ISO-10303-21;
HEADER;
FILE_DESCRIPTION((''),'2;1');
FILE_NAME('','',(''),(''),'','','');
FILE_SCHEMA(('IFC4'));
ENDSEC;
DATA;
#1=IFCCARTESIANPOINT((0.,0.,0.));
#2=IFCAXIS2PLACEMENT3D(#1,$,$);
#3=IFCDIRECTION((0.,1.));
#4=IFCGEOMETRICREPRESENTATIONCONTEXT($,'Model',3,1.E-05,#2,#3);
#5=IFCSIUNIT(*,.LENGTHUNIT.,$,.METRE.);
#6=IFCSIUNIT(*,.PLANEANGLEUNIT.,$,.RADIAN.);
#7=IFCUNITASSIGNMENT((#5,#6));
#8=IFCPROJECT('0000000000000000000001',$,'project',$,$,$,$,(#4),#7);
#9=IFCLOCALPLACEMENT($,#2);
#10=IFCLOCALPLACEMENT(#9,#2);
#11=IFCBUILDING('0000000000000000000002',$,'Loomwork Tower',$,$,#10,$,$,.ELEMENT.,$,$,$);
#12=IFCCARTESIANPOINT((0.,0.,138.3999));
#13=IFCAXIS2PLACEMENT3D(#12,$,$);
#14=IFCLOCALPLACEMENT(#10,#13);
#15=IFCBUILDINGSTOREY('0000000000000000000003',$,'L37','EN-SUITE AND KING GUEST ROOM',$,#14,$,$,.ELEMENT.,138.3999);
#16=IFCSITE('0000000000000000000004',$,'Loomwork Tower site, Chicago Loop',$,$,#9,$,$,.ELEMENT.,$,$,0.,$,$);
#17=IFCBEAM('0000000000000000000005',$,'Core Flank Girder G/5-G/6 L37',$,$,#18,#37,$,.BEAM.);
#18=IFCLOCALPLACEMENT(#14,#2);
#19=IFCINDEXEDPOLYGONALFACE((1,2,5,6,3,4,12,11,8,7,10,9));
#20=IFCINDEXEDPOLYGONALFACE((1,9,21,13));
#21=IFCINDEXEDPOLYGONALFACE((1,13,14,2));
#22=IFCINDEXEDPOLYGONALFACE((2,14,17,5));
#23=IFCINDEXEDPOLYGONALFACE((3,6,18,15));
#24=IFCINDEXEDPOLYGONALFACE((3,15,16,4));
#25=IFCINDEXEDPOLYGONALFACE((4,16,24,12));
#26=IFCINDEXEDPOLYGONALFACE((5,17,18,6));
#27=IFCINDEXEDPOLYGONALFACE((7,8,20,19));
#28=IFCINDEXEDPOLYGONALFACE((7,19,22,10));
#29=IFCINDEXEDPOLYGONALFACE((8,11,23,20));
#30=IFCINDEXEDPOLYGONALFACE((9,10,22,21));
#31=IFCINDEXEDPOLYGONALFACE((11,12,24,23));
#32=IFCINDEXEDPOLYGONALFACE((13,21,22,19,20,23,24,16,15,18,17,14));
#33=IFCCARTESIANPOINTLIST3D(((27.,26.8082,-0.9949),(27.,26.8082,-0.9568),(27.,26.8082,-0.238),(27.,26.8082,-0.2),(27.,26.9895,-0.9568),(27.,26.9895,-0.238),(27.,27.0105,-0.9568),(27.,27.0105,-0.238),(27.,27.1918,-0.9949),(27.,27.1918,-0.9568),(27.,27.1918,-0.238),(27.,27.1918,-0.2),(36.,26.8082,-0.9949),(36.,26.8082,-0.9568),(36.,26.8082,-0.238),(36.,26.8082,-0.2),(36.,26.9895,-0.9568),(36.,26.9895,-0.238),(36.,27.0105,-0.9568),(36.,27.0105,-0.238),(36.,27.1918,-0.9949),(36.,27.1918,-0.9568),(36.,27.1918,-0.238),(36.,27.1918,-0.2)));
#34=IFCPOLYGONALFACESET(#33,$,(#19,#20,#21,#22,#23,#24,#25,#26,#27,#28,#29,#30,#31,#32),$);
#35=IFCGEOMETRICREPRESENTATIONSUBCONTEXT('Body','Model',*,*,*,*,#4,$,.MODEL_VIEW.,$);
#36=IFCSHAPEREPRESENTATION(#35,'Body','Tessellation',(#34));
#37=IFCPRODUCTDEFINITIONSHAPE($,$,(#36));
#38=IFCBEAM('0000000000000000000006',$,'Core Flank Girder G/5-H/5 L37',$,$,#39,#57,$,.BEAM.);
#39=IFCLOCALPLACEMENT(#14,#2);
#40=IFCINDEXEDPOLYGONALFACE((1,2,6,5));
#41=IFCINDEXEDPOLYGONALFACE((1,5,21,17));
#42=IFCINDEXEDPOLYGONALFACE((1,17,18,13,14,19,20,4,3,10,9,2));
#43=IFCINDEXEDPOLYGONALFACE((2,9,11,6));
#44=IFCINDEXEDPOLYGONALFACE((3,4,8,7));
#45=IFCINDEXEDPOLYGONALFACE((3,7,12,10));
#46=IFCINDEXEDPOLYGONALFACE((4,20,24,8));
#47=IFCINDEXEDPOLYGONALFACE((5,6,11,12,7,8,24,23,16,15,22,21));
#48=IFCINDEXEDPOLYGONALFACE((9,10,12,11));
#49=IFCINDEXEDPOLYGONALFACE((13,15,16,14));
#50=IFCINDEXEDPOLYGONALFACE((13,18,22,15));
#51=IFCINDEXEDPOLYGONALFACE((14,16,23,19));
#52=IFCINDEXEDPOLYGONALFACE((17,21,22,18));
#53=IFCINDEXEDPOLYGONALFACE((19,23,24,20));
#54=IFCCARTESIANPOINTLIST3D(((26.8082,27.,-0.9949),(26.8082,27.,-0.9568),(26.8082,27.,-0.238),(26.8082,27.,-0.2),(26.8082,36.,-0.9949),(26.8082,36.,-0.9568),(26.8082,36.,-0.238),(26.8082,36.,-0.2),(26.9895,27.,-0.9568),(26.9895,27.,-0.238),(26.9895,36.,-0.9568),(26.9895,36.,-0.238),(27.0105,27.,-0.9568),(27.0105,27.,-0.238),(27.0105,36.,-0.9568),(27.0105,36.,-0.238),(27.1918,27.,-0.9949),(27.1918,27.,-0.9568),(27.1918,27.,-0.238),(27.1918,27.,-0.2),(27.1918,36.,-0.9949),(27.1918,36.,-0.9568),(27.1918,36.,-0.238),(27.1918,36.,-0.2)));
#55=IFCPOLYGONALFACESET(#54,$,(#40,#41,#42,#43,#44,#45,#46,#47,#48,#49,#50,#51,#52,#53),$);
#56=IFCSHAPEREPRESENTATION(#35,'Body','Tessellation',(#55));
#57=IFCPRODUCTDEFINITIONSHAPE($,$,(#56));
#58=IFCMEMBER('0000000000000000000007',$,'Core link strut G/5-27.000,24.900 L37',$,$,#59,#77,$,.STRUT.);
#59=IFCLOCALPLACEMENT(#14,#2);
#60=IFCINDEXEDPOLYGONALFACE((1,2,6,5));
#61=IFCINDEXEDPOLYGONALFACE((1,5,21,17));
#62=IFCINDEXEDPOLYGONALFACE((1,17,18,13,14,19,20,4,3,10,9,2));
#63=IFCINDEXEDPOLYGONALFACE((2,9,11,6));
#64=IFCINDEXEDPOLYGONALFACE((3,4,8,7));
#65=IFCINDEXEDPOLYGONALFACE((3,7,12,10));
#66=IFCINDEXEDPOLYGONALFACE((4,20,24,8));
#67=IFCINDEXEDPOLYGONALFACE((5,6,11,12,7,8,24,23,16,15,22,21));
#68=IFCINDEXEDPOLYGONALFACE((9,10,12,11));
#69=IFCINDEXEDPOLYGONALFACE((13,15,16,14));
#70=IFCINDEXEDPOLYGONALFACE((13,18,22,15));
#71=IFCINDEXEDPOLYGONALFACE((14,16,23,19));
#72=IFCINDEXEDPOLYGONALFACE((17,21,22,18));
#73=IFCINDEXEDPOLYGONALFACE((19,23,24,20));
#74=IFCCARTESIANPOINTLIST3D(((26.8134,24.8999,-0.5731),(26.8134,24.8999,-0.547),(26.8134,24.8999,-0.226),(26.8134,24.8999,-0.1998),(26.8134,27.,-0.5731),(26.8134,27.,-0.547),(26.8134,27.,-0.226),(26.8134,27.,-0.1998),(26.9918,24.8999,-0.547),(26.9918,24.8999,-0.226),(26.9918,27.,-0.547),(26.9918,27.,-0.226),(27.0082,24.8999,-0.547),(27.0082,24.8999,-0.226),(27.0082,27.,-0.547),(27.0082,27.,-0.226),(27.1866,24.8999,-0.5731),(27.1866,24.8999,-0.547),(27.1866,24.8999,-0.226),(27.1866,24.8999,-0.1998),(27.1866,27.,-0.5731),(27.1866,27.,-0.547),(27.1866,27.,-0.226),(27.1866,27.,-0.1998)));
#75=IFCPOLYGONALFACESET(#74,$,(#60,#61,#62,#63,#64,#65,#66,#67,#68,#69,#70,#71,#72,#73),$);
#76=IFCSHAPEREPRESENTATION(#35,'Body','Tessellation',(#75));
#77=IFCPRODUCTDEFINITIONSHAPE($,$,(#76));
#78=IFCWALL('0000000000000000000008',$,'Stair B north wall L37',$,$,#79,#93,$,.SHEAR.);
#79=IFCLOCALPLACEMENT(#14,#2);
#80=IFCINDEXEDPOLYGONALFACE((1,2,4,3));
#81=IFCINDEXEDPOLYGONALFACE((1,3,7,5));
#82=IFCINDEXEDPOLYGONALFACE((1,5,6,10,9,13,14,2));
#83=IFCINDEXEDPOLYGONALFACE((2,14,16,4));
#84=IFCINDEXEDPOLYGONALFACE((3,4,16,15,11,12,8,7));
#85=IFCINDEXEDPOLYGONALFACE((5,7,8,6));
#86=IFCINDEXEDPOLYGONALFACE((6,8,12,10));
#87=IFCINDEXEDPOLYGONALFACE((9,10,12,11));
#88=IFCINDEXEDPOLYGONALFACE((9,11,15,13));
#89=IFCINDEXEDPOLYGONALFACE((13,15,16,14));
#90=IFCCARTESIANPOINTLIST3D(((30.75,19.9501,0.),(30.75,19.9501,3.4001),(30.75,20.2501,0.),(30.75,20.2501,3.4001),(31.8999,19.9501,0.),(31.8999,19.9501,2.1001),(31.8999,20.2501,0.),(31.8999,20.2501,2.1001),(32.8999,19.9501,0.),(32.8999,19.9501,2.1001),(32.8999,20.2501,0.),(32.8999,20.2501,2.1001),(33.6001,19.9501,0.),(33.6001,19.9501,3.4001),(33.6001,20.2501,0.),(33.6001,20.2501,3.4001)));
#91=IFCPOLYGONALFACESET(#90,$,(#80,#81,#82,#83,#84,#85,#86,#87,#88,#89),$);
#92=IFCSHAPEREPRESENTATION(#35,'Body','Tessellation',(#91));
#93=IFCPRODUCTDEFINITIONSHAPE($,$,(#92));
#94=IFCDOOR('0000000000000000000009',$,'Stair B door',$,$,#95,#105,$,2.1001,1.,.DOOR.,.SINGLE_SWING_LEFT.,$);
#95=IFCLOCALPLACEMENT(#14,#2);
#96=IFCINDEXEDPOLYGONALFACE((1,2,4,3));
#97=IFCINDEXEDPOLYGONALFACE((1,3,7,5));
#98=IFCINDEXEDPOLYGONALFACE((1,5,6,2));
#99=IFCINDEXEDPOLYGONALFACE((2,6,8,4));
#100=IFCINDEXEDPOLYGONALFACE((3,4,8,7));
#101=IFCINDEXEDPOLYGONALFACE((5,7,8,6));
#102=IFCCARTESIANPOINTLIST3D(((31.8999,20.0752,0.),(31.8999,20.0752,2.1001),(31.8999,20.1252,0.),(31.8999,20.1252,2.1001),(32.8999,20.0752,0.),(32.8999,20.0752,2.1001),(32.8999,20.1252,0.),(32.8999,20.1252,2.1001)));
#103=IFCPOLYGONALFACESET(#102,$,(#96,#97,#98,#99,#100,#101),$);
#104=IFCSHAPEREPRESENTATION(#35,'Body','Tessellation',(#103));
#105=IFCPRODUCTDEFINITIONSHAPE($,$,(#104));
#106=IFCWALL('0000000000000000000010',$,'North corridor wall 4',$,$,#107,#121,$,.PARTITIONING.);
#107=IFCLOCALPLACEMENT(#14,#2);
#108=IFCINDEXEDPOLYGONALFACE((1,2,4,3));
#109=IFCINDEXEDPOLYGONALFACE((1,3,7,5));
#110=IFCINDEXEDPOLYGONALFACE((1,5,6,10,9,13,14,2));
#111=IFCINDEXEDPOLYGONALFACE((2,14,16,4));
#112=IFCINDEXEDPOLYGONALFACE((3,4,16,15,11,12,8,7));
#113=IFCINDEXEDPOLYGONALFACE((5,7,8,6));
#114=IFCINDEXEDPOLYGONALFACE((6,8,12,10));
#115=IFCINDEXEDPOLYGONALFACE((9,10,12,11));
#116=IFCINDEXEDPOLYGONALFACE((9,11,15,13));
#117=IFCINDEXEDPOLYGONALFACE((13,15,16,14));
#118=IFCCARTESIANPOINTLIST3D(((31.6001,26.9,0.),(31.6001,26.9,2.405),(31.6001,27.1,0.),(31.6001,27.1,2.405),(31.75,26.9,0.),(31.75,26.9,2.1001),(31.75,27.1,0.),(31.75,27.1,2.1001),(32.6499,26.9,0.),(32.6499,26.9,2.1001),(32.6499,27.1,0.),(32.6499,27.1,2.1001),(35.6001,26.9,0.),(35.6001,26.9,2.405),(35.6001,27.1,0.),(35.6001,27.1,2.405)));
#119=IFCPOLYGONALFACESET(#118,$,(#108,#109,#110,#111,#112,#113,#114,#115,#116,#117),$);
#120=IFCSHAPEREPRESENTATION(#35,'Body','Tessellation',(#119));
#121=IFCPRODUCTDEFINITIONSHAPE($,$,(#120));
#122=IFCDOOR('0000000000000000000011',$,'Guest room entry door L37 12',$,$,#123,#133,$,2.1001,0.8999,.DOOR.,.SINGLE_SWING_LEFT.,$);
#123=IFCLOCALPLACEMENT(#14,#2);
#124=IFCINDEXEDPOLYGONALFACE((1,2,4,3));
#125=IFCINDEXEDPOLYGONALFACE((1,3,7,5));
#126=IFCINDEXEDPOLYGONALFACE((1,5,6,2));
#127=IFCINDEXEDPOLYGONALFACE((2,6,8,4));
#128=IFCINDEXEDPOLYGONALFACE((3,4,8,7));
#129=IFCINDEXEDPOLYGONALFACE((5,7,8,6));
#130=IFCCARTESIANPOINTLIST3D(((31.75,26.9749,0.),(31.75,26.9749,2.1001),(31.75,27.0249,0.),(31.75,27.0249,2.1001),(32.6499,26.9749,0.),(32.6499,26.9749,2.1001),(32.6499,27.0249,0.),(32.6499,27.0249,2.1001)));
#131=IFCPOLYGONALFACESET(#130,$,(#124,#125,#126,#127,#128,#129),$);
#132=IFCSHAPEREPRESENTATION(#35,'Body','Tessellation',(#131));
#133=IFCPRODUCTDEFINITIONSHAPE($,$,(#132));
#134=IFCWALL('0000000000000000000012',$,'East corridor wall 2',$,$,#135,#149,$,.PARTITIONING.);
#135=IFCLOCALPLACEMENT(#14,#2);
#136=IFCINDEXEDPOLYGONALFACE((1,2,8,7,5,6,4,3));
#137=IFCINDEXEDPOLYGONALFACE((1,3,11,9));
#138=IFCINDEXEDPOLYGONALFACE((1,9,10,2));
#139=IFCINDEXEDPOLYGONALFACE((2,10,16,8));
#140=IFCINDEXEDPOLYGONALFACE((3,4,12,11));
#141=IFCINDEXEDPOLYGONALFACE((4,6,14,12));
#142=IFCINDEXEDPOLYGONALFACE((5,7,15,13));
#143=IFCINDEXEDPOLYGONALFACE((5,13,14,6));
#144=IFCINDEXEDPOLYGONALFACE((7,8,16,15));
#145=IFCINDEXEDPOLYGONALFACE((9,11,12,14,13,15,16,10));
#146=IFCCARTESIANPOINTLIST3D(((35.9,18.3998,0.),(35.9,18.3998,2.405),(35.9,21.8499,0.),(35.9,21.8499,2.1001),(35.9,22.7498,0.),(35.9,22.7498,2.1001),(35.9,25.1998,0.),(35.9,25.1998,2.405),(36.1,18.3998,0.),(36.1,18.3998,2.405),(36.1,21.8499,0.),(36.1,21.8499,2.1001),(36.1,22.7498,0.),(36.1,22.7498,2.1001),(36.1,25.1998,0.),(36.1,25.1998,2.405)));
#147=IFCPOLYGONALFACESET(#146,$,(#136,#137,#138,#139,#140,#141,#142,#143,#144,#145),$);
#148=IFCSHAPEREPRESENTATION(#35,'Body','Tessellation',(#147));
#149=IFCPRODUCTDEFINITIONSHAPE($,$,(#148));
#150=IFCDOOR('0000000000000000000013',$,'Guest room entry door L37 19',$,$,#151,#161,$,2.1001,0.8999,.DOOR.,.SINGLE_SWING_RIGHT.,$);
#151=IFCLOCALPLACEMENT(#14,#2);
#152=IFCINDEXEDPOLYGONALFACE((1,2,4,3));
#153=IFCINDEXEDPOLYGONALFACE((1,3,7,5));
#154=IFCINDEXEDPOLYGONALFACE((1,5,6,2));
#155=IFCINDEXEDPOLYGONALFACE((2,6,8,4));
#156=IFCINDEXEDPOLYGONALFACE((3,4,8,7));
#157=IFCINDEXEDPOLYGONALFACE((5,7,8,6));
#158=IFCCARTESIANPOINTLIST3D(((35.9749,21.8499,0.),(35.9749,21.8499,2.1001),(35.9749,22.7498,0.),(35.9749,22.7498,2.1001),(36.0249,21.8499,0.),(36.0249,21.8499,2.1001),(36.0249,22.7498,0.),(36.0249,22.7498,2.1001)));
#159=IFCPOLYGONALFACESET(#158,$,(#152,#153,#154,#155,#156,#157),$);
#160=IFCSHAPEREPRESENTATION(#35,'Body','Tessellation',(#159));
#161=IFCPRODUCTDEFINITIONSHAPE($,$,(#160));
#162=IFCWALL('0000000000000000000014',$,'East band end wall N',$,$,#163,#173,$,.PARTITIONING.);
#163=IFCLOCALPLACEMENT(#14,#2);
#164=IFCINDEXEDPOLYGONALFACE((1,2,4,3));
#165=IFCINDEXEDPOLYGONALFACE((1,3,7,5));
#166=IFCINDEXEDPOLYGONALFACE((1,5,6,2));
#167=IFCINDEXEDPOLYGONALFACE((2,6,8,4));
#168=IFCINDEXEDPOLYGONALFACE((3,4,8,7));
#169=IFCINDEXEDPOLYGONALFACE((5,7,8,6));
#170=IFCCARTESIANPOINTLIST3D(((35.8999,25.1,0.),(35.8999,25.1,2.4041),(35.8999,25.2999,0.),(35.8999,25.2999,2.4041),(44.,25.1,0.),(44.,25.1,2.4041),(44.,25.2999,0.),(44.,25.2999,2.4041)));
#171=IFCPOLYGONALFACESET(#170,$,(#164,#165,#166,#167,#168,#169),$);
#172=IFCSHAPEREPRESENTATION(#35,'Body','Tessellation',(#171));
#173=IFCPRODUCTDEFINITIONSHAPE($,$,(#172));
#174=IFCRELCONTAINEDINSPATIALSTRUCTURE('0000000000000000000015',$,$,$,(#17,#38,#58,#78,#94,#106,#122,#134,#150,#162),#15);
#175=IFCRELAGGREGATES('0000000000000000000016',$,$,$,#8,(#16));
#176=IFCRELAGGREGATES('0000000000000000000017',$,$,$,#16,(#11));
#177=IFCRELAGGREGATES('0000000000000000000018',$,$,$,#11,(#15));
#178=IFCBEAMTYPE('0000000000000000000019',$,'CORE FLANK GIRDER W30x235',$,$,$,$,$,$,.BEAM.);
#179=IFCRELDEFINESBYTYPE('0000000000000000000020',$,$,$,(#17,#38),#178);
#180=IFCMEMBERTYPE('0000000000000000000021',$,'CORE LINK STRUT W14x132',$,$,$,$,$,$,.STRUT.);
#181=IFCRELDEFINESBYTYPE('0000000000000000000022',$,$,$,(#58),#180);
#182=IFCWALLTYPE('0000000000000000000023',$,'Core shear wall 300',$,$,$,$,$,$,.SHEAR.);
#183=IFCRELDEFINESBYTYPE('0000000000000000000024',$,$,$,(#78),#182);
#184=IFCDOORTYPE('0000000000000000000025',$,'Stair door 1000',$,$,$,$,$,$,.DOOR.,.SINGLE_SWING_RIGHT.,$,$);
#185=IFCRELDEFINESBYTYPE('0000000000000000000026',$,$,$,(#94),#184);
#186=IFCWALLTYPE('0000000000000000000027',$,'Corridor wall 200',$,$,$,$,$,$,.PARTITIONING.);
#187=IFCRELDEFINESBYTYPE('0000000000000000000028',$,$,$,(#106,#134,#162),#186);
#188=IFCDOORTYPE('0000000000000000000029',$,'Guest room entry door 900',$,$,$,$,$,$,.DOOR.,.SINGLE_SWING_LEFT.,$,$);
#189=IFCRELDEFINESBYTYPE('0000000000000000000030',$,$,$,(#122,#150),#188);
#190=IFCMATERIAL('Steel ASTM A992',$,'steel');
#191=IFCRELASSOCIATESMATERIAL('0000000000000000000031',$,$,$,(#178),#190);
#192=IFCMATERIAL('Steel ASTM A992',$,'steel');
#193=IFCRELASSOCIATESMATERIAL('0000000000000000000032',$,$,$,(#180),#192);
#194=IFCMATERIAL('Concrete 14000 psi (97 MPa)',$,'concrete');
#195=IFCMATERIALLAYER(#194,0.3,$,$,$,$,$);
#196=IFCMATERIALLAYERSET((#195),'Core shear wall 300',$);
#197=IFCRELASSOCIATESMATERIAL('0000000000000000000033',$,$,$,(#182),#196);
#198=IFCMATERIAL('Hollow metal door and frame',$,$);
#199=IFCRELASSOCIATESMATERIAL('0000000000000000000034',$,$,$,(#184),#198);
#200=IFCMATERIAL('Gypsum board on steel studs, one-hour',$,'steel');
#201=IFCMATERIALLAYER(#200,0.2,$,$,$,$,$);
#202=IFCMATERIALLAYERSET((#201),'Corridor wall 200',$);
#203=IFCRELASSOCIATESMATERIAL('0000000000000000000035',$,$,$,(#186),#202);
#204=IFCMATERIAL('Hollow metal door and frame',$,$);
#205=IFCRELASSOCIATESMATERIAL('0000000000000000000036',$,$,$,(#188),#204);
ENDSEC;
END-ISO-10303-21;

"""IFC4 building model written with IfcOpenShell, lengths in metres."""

from ifc_helpers import new_model, si_unit, direction, frame, frame_2d, origin, origin_2d, place, context, subcontext, project, spatial, rectangle, i_section, extrude, material, layer, layer_set, material_profile, profile_set, type_object, element, fill, save


model = new_model("IFC4")

# Units and contexts
model_context = context("Model", 3, precision=1e-05, world=origin(), true_north=direction((0.0, 1.0)))
body_context = subcontext(model_context, "Body", "Model", "MODEL_VIEW")
ifc_project = project(units=[si_unit("LENGTHUNIT", "METRE"), si_unit("PLANEANGLEUNIT", "RADIAN")], contexts=[model_context])

# Site, building, storey
site_placement = place(None, origin())
site = spatial("IfcSite", under=ifc_project, at=site_placement, Name="Loomwork Tower site, Chicago Loop", CompositionType="ELEMENT", RefElevation=0.0)
building_placement = place(site_placement, origin())
building = spatial("IfcBuilding", under=site, at=building_placement, Name="Loomwork Tower", CompositionType="ELEMENT")
storey_placement = place(building_placement, frame((0.0, 0.0, 138.3999)))
storey = spatial("IfcBuildingStorey", under=building, at=storey_placement, Name="L37", Description="EN-SUITE AND KING GUEST ROOM", CompositionType="ELEMENT", Elevation=138.3999)

# Beams
ifc_material_1 = material(Name="Steel ASTM A992", Category="steel")
ifc_material_profile_1 = material_profile(ifc_material_1, i_section(OverallWidth=0.3835, OverallDepth=0.7949, WebThickness=0.021, FlangeThickness=0.0381, at=origin_2d()), Name="W30x235")
ifc_profile_set_1 = profile_set([ifc_material_profile_1], Name="Steel ASTM A992")
beam_type = type_object("IfcBeamType", Name="CORE FLANK GIRDER W30x235", PredefinedType="BEAM", material=ifc_profile_set_1)
for number, where, z_axis, x_axis, name in (
    (1, (27.0, 27.0, -0.5974), (1.0, 0.0, 0.0), (0.0, 1.0, 0.0), "Core Flank Girder G/5-G/6 L37"),
    (2, (27.0, 27.0, -0.5974), (0.0, 1.0, 0.0), (-1.0, 0.0, 0.0), "Core Flank Girder G/5-H/5 L37"),
):
    element("IfcBeam", number, at=place(storey_placement, frame(where, z_axis=z_axis, x_axis=x_axis)), inside=storey, type_object=beam_type, Name=name, PredefinedType="BEAM", context=body_context, shape_type="SweptSolid", body=[
        extrude(i_section(OverallWidth=0.3835, OverallDepth=0.7949, WebThickness=0.021, FlangeThickness=0.0381, at=origin_2d()), origin(), (0.0, 0.0, 1.0), 9.0),
    ])

# Member
ifc_material_2 = material(Name="Steel ASTM A992", Category="steel")
ifc_material_profile_2 = material_profile(ifc_material_2, i_section(OverallWidth=0.3733, OverallDepth=0.3733, WebThickness=0.0164, FlangeThickness=0.0261, at=origin_2d()), Name="W14x132")
ifc_profile_set_2 = profile_set([ifc_material_profile_2], Name="Steel ASTM A992")
member_type = type_object("IfcMemberType", Name="CORE LINK STRUT W14x132", PredefinedType="STRUT", material=ifc_profile_set_2)
member_placement = place(storey_placement, frame((27.0, 27.0, -0.3865), z_axis=(0.0, -1.0, 0.0), x_axis=(1.0, 0.0, 0.0)))
element("IfcMember", 3, at=member_placement, inside=storey, type_object=member_type, Name="Core link strut G/5-27.000,24.900 L37", PredefinedType="STRUT", context=body_context, shape_type="SweptSolid", body=[
    extrude(i_section(OverallWidth=0.3733, OverallDepth=0.3733, WebThickness=0.0164, FlangeThickness=0.0261, at=origin_2d()), origin(), (0.0, 0.0, 1.0), 2.1001),
])

# Walls, openings, doors
ifc_material_3 = material(Name="Concrete 14000 psi (97 MPa)", Category="concrete")
ifc_layer_1 = layer(ifc_material_3, 0.3)
ifc_layer_set_1 = layer_set([ifc_layer_1], Name="Core shear wall 300")
wall_type_1 = type_object("IfcWallType", Name="Core shear wall 300", PredefinedType="SHEAR", material=ifc_layer_set_1)
wall_1_placement = place(storey_placement, frame((30.75, 20.1001, 0.0), z_axis=(0.0, 0.0, 1.0), x_axis=(1.0, 0.0, 0.0)))
wall_1 = element("IfcWall", 4, at=wall_1_placement, inside=storey, type_object=wall_type_1, Name="Stair B north wall L37", PredefinedType="SHEAR", context=body_context, shape_type="SweptSolid", body=[
    extrude(rectangle(XDim=2.8501, YDim=0.3, at=frame_2d((1.425, 0.0))), origin(), (0.0, 0.0, 1.0), 3.4001),
])
opening_1_placement = place(wall_1_placement, frame((1.1499, 0.0, 0.0)))
opening_1 = element("IfcOpeningElement", 5, at=opening_1_placement, cuts=wall_1, PredefinedType="OPENING", context=body_context, shape_type="SweptSolid", body=[
    extrude(rectangle(XDim=1.0, YDim=2.1001, at=frame_2d((0.5, 1.05))), frame((0.0, 0.1599, 0.0), z_axis=(0.0, -1.0, 0.0), x_axis=(1.0, 0.0, 0.0)), (0.0, 0.0, 1.0), 0.3201),
])
ifc_material_4 = material(Name="Hollow metal door and frame")
door_type_1 = type_object("IfcDoorType", Name="Stair door 1000", OperationType="SINGLE_SWING_RIGHT", PredefinedType="DOOR", material=ifc_material_4)
door_1_placement = place(opening_1_placement, frame((1.0, 0.0, 0.0), z_axis=(0.0, 0.0, 1.0), x_axis=(-1.0, 0.0, 0.0)))
door_1 = element("IfcDoor", 6, at=door_1_placement, inside=storey, type_object=door_type_1, Name="Stair B door", OperationType="SINGLE_SWING_LEFT", OverallHeight=2.1001, OverallWidth=1.0, PredefinedType="DOOR", context=body_context, shape_type="SweptSolid", body=[
    extrude(rectangle(XDim=1.0, YDim=2.1001, at=frame_2d((0.5, 1.05))), frame((0.0, 0.0249, 0.0), z_axis=(0.0, -1.0, 0.0), x_axis=(1.0, 0.0, 0.0)), (0.0, 0.0, 1.0), 0.05),
])
fill(opening_1, door_1)
ifc_material_5 = material(Name="Gypsum board on steel studs, one-hour", Category="steel")
ifc_layer_2 = layer(ifc_material_5, 0.2)
ifc_layer_set_2 = layer_set([ifc_layer_2], Name="Corridor wall 200")
wall_type_2 = type_object("IfcWallType", Name="Corridor wall 200", PredefinedType="PARTITIONING", material=ifc_layer_set_2)
wall_2_placement = place(storey_placement, frame((31.6001, 27.0, 0.0), z_axis=(0.0, 0.0, 1.0), x_axis=(1.0, 0.0, 0.0)))
wall_2 = element("IfcWall", 7, at=wall_2_placement, inside=storey, type_object=wall_type_2, Name="North corridor wall 4", PredefinedType="PARTITIONING", context=body_context, shape_type="SweptSolid", body=[
    extrude(rectangle(XDim=4.0, YDim=0.2, at=frame_2d((2.0, 0.0))), origin(), (0.0, 0.0, 1.0), 2.405),
])
opening_2_placement = place(wall_2_placement, frame((0.1499, 0.0, 0.0)))
opening_2 = element("IfcOpeningElement", 8, at=opening_2_placement, cuts=wall_2, PredefinedType="OPENING", context=body_context, shape_type="SweptSolid", body=[
    extrude(rectangle(XDim=0.8999, YDim=2.1001, at=frame_2d((0.45, 1.05))), frame((0.0, 0.1099, 0.0), z_axis=(0.0, -1.0, 0.0), x_axis=(1.0, 0.0, 0.0)), (0.0, 0.0, 1.0), 0.22),
])
ifc_material_6 = material(Name="Hollow metal door and frame")
door_type_2 = type_object("IfcDoorType", Name="Guest room entry door 900", OperationType="SINGLE_SWING_LEFT", PredefinedType="DOOR", material=ifc_material_6)
door_2_placement = place(opening_2_placement, origin())
door_2 = element("IfcDoor", 9, at=door_2_placement, inside=storey, type_object=door_type_2, Name="Guest room entry door L37 12", OperationType="SINGLE_SWING_LEFT", OverallHeight=2.1001, OverallWidth=0.8999, PredefinedType="DOOR", context=body_context, shape_type="SweptSolid", body=[
    extrude(rectangle(XDim=0.8999, YDim=2.1001, at=frame_2d((0.45, 1.05))), frame((0.0, 0.0249, 0.0), z_axis=(0.0, -1.0, 0.0), x_axis=(1.0, 0.0, 0.0)), (0.0, 0.0, 1.0), 0.05),
])
fill(opening_2, door_2)
wall_3_placement = place(storey_placement, frame((36.0, 18.3999, 0.0), z_axis=(0.0, 0.0, 1.0), x_axis=(0.0, 1.0, 0.0)))
wall_3 = element("IfcWall", 10, at=wall_3_placement, inside=storey, type_object=wall_type_2, Name="East corridor wall 2", PredefinedType="PARTITIONING", context=body_context, shape_type="SweptSolid", body=[
    extrude(rectangle(XDim=6.8, YDim=0.2, at=frame_2d((3.3999, 0.0))), origin(), (0.0, 0.0, 1.0), 2.405),
])
opening_3_placement = place(wall_3_placement, frame((3.45, 0.0, 0.0)))
opening_3 = element("IfcOpeningElement", 11, at=opening_3_placement, cuts=wall_3, PredefinedType="OPENING", context=body_context, shape_type="SweptSolid", body=[
    extrude(rectangle(XDim=0.8999, YDim=2.1001, at=frame_2d((0.45, 1.05))), frame((0.0, 0.1099, 0.0), z_axis=(0.0, -1.0, 0.0), x_axis=(1.0, 0.0, 0.0)), (0.0, 0.0, 1.0), 0.22),
])
door_3_placement = place(opening_3_placement, frame((0.8999, 0.0, 0.0), z_axis=(0.0, 0.0, 1.0), x_axis=(-1.0, 0.0, 0.0)))
door_3 = element("IfcDoor", 12, at=door_3_placement, inside=storey, type_object=door_type_2, Name="Guest room entry door L37 19", OperationType="SINGLE_SWING_RIGHT", OverallHeight=2.1001, OverallWidth=0.8999, PredefinedType="DOOR", context=body_context, shape_type="SweptSolid", body=[
    extrude(rectangle(XDim=0.8999, YDim=2.1001, at=frame_2d((0.45, 1.05))), frame((0.0, 0.0249, 0.0), z_axis=(0.0, -1.0, 0.0), x_axis=(1.0, 0.0, 0.0)), (0.0, 0.0, 1.0), 0.05),
])
fill(opening_3, door_3)

# Wall
wall_4_placement = place(storey_placement, frame((35.8999, 25.2, 0.0), z_axis=(0.0, 0.0, 1.0), x_axis=(1.0, 0.0, 0.0)))
element("IfcWall", 13, at=wall_4_placement, inside=storey, type_object=wall_type_2, Name="East band end wall N", PredefinedType="PARTITIONING", context=body_context, shape_type="SweptSolid", body=[
    extrude(rectangle(XDim=8.1001, YDim=0.2, at=frame_2d((4.05, 0.0))), origin(), (0.0, 0.0, 1.0), 2.4041),
])

save(model, "model.ifc")
